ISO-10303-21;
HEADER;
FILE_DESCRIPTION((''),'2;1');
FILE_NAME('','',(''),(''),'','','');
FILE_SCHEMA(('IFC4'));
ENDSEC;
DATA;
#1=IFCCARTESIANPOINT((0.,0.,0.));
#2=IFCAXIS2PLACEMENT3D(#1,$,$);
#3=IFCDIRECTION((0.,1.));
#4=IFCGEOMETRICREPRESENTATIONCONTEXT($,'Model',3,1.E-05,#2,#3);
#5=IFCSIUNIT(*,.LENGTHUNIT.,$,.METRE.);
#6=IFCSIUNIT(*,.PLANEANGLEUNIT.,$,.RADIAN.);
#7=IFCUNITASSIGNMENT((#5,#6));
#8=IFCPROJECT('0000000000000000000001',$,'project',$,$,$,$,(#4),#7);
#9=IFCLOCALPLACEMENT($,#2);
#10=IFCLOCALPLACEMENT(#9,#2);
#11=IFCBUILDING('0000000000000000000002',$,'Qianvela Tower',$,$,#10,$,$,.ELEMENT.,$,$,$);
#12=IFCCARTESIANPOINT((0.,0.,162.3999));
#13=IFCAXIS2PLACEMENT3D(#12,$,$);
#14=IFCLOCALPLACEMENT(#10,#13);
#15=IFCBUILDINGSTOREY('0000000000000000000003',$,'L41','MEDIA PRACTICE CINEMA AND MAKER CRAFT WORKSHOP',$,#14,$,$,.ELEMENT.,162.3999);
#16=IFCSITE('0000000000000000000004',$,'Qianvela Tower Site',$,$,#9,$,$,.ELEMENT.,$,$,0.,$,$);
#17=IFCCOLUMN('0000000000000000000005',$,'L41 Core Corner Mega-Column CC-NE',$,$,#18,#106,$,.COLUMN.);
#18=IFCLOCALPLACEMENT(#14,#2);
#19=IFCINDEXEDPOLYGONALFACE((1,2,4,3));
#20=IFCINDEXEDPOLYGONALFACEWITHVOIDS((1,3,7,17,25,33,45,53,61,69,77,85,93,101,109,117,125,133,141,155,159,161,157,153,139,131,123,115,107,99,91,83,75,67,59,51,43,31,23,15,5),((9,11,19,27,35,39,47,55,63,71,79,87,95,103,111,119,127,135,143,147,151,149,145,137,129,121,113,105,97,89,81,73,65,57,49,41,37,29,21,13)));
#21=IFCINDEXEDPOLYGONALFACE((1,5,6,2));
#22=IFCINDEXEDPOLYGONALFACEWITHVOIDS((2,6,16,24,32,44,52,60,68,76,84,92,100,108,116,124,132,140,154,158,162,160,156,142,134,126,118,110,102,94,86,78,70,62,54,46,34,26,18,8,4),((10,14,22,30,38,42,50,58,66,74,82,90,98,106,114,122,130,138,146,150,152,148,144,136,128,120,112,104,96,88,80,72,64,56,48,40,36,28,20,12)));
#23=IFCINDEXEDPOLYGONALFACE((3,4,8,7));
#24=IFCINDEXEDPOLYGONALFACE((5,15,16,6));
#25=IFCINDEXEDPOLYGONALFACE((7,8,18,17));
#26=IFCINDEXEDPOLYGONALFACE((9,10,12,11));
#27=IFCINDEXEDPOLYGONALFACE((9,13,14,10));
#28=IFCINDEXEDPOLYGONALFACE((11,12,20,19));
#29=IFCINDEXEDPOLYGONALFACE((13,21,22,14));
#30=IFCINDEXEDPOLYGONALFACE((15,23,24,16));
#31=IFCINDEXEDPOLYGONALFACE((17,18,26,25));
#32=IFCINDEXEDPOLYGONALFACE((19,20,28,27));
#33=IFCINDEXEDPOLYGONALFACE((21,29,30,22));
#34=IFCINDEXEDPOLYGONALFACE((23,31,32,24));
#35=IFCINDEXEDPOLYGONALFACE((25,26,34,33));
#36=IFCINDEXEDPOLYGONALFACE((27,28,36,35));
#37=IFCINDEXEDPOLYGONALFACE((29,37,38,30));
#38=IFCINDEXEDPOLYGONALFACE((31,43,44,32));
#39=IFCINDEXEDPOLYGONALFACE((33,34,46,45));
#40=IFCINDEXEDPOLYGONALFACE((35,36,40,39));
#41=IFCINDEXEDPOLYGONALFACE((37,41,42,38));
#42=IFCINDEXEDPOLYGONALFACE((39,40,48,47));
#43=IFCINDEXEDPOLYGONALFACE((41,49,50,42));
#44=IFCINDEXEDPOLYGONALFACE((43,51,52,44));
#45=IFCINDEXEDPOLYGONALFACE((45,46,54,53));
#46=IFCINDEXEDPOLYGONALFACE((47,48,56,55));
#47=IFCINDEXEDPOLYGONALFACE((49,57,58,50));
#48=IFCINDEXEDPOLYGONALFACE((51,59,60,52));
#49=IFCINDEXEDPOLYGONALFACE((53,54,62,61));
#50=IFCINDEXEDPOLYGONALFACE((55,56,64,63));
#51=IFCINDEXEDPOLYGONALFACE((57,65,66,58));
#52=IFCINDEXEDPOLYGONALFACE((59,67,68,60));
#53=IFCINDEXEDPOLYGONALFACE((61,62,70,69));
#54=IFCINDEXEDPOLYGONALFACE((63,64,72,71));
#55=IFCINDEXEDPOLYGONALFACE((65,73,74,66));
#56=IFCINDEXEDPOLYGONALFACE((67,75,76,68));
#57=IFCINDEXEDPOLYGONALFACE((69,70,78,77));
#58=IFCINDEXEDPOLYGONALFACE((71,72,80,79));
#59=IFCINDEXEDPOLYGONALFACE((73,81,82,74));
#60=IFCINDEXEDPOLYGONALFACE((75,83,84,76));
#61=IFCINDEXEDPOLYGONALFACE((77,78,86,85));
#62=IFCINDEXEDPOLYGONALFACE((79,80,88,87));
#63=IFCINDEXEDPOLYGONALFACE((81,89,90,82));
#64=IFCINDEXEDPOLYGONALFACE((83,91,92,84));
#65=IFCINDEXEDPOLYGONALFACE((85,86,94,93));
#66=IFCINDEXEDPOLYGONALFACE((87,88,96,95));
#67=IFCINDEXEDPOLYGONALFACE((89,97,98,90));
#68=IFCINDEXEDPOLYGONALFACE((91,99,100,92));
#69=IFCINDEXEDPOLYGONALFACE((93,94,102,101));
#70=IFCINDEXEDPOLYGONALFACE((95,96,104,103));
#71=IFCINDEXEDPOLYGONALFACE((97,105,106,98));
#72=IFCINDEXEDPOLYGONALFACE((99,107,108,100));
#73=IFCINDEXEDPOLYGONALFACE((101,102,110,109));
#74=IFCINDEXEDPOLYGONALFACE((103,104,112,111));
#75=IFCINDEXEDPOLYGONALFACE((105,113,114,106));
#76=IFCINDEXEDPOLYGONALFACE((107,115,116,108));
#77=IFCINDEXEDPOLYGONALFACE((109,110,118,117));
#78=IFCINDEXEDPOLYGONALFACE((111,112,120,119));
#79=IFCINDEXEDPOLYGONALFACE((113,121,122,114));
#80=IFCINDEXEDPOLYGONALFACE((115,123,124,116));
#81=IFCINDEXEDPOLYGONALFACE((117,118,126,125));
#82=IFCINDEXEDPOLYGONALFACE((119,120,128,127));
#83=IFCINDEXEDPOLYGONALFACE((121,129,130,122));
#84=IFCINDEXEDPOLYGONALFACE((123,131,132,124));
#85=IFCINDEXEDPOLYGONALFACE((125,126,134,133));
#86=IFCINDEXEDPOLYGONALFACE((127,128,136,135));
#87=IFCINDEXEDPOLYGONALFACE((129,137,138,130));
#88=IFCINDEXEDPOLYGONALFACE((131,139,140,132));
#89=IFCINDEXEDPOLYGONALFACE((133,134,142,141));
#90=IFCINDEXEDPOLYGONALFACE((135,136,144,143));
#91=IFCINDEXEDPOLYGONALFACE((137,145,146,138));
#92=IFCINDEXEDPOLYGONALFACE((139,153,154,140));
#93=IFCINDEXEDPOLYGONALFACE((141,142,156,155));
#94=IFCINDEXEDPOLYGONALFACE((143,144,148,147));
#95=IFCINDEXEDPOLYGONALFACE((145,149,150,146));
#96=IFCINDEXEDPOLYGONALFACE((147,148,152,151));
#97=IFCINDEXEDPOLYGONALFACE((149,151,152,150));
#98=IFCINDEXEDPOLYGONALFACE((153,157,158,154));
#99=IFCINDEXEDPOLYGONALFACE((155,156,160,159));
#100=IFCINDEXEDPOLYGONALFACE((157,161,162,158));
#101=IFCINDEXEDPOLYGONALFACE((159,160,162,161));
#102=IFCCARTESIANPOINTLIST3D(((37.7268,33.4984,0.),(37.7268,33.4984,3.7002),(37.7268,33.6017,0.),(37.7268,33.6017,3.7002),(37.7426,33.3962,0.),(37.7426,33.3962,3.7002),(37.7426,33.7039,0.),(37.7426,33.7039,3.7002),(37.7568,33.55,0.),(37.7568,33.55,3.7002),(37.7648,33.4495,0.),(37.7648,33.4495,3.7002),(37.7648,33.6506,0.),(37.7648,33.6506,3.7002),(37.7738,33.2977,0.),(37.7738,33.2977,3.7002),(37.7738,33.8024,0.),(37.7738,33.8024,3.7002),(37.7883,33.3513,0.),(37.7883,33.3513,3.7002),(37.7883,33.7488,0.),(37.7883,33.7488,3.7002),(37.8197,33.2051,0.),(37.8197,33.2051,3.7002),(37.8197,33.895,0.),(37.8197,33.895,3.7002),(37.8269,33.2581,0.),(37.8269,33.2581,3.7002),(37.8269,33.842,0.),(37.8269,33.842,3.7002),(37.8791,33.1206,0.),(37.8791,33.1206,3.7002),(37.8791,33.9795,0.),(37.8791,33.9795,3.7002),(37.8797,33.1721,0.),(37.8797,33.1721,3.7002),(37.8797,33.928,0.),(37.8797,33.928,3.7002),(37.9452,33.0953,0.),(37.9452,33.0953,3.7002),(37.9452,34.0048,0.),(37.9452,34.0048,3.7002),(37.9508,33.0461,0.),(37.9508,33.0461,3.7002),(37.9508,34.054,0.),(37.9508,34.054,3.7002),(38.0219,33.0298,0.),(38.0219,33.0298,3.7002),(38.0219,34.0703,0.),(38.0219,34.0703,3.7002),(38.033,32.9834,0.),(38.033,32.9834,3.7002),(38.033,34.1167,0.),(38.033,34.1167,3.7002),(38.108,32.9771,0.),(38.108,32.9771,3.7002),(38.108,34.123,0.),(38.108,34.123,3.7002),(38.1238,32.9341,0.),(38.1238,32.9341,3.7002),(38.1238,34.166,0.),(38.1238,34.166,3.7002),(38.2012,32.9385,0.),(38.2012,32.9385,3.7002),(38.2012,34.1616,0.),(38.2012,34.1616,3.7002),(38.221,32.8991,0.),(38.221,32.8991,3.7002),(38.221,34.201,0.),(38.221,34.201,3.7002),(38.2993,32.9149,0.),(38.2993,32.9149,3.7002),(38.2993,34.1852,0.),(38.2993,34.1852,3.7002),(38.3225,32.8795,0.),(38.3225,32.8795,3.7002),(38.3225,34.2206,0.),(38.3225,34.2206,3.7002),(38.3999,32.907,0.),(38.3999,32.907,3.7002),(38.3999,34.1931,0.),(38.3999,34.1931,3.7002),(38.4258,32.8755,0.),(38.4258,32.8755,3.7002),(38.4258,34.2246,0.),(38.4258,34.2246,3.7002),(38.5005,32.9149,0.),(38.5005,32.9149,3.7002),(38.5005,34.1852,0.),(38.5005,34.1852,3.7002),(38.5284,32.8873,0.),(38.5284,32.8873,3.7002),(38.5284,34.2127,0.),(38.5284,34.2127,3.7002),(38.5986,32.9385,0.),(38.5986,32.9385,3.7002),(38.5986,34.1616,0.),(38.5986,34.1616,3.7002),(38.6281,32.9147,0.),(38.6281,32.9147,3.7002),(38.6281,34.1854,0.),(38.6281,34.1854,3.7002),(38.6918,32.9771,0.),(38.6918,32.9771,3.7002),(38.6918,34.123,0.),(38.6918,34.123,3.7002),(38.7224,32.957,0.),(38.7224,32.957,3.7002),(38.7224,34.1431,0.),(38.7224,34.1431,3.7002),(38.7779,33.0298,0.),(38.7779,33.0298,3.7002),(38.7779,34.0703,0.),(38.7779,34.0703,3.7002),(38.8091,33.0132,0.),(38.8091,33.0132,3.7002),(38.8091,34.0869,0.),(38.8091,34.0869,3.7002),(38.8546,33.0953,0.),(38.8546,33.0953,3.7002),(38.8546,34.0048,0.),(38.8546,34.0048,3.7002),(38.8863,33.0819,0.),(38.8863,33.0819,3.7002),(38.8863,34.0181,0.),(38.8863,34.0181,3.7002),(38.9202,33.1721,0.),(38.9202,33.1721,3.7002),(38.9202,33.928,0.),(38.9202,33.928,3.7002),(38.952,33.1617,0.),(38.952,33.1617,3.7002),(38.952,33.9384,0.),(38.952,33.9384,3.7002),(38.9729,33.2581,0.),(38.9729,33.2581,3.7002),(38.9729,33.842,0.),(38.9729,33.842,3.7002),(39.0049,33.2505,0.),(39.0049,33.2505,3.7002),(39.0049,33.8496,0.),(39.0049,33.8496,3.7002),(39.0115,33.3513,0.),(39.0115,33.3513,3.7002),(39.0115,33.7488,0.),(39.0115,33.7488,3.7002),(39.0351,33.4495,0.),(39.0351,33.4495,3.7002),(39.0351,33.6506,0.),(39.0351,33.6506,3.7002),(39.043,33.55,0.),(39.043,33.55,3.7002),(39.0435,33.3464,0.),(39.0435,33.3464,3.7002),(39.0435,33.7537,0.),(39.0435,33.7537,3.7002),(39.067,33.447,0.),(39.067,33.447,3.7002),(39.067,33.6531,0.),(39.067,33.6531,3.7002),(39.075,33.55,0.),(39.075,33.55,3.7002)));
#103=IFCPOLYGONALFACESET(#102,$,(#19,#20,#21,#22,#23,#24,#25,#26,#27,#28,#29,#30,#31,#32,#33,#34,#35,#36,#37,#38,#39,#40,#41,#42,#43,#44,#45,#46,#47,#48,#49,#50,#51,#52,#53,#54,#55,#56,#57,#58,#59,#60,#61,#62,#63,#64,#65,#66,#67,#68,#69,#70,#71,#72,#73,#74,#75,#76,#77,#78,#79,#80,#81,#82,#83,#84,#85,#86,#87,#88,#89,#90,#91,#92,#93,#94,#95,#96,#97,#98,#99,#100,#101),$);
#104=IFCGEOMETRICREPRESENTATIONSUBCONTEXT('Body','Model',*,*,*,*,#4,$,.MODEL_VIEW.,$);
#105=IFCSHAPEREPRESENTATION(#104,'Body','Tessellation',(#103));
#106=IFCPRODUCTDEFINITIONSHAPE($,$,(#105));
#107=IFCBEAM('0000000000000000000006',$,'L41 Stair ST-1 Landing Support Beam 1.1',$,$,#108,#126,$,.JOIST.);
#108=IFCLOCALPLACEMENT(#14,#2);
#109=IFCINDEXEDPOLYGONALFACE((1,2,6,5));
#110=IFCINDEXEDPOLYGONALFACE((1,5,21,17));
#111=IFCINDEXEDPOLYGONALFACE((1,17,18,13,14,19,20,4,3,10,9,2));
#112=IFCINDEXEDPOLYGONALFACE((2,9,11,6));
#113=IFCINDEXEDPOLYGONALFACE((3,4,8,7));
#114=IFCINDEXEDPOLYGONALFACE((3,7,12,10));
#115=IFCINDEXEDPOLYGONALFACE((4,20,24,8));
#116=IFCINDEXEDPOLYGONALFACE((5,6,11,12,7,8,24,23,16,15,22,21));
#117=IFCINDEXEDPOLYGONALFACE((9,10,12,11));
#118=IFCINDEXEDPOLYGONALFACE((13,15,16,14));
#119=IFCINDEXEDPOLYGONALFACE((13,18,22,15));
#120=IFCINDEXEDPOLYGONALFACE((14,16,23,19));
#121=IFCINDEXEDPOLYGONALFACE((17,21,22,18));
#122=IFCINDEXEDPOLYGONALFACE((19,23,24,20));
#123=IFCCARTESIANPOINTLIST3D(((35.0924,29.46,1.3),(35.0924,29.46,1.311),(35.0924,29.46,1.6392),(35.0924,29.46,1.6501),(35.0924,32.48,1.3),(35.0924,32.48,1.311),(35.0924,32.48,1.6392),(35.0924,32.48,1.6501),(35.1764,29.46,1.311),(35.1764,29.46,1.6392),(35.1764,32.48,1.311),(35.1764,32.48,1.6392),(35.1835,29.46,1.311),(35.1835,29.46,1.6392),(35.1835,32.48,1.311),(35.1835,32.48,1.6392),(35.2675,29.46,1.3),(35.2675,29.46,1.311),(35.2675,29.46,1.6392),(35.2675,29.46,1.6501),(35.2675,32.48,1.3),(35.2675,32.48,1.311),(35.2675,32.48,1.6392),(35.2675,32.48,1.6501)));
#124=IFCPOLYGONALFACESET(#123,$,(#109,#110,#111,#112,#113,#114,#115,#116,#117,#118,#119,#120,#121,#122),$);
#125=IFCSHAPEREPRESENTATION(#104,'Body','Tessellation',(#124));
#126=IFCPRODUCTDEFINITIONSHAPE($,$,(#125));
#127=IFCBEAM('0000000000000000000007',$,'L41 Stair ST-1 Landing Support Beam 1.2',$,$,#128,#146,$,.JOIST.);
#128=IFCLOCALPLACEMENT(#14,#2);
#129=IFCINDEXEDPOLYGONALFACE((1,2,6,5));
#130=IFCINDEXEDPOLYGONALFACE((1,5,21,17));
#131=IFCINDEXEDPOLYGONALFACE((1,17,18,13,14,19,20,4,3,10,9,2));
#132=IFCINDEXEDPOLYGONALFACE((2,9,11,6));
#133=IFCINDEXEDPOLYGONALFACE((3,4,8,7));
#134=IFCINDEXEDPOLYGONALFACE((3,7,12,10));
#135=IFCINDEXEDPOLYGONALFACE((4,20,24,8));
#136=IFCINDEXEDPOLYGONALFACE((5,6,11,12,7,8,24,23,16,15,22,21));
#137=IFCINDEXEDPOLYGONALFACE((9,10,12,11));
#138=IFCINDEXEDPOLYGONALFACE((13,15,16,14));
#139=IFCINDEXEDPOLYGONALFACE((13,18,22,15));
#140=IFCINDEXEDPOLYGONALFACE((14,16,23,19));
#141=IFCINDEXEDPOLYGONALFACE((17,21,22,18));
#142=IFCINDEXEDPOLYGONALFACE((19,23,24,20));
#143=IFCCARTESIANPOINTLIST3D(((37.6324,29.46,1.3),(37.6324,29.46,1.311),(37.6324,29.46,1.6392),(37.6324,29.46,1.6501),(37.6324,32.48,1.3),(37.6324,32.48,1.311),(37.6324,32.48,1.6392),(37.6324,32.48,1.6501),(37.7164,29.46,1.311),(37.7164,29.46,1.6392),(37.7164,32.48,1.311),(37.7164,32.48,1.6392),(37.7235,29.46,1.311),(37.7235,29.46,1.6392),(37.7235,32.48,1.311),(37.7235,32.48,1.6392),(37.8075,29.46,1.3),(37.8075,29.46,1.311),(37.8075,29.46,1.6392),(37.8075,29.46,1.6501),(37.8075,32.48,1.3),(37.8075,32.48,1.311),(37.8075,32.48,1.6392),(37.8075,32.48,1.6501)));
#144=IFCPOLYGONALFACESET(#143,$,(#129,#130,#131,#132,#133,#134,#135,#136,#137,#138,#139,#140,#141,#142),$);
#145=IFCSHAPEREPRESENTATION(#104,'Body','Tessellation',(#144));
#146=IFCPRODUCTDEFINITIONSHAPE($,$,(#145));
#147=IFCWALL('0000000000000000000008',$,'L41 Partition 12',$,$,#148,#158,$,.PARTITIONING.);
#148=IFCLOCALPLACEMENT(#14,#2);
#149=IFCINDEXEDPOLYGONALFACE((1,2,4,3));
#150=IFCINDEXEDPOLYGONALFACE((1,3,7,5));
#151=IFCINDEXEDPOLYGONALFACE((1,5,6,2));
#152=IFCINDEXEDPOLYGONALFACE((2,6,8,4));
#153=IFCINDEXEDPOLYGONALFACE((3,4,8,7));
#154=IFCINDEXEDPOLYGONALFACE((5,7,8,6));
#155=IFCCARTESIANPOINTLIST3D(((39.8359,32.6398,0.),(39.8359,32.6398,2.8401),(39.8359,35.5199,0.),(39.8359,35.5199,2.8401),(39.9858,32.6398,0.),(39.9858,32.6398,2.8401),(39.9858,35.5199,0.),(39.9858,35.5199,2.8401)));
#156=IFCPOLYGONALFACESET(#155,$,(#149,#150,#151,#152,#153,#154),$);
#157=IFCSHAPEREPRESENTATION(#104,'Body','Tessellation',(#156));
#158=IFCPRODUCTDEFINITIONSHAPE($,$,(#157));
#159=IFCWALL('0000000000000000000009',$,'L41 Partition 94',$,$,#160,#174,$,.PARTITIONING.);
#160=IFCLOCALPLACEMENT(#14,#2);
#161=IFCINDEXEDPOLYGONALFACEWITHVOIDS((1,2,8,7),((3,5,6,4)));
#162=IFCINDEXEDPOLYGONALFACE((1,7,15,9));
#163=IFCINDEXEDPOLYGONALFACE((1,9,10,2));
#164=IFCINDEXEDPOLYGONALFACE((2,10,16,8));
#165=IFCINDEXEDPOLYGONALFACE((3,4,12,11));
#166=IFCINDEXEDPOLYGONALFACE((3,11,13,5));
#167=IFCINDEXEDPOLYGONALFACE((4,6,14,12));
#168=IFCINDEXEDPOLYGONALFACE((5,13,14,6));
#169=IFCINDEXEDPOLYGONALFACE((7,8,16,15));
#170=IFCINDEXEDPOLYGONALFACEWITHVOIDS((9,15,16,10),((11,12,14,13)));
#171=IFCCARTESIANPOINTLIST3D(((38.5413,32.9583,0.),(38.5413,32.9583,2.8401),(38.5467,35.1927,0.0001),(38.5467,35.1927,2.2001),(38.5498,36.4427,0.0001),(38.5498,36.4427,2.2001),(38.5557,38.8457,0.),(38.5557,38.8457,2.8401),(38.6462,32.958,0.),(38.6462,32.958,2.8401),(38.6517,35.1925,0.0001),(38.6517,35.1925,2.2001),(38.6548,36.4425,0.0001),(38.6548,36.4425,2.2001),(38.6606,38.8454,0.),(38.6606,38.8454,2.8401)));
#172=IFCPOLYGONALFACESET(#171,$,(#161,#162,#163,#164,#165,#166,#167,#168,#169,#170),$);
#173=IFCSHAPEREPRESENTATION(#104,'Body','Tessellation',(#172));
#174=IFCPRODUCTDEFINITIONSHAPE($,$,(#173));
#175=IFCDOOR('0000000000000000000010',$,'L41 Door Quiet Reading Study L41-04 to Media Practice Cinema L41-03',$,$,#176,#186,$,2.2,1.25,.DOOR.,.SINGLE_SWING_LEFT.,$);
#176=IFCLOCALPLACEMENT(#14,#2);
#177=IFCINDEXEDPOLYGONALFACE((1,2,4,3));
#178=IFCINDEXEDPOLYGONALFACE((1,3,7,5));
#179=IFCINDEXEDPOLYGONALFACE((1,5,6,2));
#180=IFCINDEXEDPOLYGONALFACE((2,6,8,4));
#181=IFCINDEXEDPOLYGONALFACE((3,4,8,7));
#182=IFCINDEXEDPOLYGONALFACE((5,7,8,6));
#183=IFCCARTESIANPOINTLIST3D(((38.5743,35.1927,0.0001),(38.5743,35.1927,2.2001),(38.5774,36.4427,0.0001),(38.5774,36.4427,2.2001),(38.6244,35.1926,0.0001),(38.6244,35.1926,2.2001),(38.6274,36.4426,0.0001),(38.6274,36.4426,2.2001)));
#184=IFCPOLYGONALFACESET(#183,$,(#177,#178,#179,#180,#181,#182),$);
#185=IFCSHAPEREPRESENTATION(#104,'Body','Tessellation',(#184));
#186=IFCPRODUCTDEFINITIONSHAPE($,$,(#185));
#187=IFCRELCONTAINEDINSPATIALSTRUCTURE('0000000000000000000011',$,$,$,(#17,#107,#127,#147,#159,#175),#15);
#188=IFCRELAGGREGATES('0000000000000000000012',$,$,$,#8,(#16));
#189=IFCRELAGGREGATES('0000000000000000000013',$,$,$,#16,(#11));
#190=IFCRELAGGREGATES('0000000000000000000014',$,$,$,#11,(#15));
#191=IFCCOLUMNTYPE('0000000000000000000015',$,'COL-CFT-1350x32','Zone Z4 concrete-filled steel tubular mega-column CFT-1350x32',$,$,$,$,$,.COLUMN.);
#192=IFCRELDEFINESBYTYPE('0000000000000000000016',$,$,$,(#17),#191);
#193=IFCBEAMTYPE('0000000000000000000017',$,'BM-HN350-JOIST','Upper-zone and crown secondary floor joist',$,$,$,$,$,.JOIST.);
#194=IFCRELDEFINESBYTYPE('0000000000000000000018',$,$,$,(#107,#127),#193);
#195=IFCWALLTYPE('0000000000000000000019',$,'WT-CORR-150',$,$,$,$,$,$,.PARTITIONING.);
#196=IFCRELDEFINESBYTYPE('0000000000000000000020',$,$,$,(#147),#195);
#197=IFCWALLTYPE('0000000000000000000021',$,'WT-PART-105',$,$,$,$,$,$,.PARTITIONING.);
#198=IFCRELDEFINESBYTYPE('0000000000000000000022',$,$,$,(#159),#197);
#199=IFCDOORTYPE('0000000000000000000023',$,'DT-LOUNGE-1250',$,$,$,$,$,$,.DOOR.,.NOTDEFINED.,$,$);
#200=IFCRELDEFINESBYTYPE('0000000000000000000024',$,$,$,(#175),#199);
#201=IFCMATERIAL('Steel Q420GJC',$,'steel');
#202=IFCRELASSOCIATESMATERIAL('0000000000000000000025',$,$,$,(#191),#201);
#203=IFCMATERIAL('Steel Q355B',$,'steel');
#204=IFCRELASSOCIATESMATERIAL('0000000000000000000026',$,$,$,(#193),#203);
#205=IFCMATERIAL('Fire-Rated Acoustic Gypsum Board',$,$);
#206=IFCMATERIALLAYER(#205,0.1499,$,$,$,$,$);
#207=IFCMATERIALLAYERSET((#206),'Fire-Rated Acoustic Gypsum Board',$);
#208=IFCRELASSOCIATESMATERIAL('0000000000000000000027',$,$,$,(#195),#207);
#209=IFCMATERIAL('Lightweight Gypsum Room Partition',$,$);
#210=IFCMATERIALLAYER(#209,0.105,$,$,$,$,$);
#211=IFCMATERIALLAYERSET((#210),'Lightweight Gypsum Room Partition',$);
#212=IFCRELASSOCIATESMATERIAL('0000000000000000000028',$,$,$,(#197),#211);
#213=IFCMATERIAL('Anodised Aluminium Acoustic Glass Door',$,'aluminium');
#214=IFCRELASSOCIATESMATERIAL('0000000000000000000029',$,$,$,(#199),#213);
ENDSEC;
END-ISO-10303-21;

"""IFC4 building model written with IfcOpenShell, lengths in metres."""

from ifc_helpers import new_model, si_unit, direction, frame, frame_2d, origin, origin_2d, place, context, subcontext, project, spatial, rectangle, hollow_circle, i_section, extrude, material, layer, layer_set, material_profile, profile_set, type_object, element, fill, save


model = new_model("IFC4")

# Units and contexts
model_context = context("Model", 3, precision=1e-05, world=origin(), true_north=direction((0.0, 1.0)))
body_context = subcontext(model_context, "Body", "Model", "MODEL_VIEW")
ifc_project = project(units=[si_unit("LENGTHUNIT", "METRE"), si_unit("PLANEANGLEUNIT", "RADIAN")], contexts=[model_context])

# Site, building, storey
site_placement = place(None, origin())
site = spatial("IfcSite", under=ifc_project, at=site_placement, Name="Qianvela Tower Site", CompositionType="ELEMENT", RefElevation=0.0)
building_placement = place(site_placement, origin())
building = spatial("IfcBuilding", under=site, at=building_placement, Name="Qianvela Tower", CompositionType="ELEMENT")
storey_placement = place(building_placement, frame((0.0, 0.0, 162.3999)))
storey = spatial("IfcBuildingStorey", under=building, at=storey_placement, Name="L41", Description="MEDIA PRACTICE CINEMA AND MAKER CRAFT WORKSHOP", CompositionType="ELEMENT", Elevation=162.3999)

# Column
ifc_material_1 = material(Name="Steel Q420GJC", Category="steel")
ifc_material_profile_1 = material_profile(ifc_material_1, hollow_circle(Radius=0.675, WallThickness=0.032, at=origin_2d()), Name="CFT-1350x32")
ifc_profile_set_1 = profile_set([ifc_material_profile_1], Name="Steel Q420GJC")
column_type = type_object("IfcColumnType", Name="COL-CFT-1350x32", Description="Zone Z4 concrete-filled steel tubular mega-column CFT-1350x32", PredefinedType="COLUMN", material=ifc_profile_set_1)
column_placement = place(storey_placement, frame((38.3999, 33.55, 0.0), z_axis=(0.0, 0.0, 1.0), x_axis=(1.0, 0.0, 0.0)))
element("IfcColumn", 1, at=column_placement, inside=storey, type_object=column_type, Name="L41 Core Corner Mega-Column CC-NE", PredefinedType="COLUMN", context=body_context, shape_type="SweptSolid", body=[
    extrude(hollow_circle(Radius=0.675, WallThickness=0.032, at=origin_2d()), origin(), (0.0, 0.0, 1.0), 3.7002),
])

# Beams
ifc_material_2 = material(Name="Steel Q355B", Category="steel")
ifc_material_profile_2 = material_profile(ifc_material_2, i_section(OverallWidth=0.175, OverallDepth=0.3501, WebThickness=0.0071, FlangeThickness=0.011, at=origin_2d()), Name="HN350x175x7x11")
ifc_profile_set_2 = profile_set([ifc_material_profile_2], Name="Steel Q355B")
beam_type = type_object("IfcBeamType", Name="BM-HN350-JOIST", Description="Upper-zone and crown secondary floor joist", PredefinedType="JOIST", material=ifc_profile_set_2)
for number, where, z_axis, x_axis, name in (
    (2, (35.1799, 29.46, 1.4751), (0.0, 1.0, 0.0), (-1.0, 0.0, 0.0), "L41 Stair ST-1 Landing Support Beam 1.1"),
    (3, (37.72, 29.46, 1.4751), (0.0, 1.0, 0.0), (-1.0, 0.0, 0.0), "L41 Stair ST-1 Landing Support Beam 1.2"),
):
    element("IfcBeam", number, at=place(storey_placement, frame(where, z_axis=z_axis, x_axis=x_axis)), inside=storey, type_object=beam_type, Name=name, PredefinedType="JOIST", context=body_context, shape_type="SweptSolid", body=[
        extrude(i_section(OverallWidth=0.175, OverallDepth=0.3501, WebThickness=0.0071, FlangeThickness=0.011, at=origin_2d()), origin(), (0.0, 0.0, 1.0), 3.02),
    ])

# Wall
ifc_material_3 = material(Name="Fire-Rated Acoustic Gypsum Board")
ifc_layer_1 = layer(ifc_material_3, 0.1499)
ifc_layer_set_1 = layer_set([ifc_layer_1], Name="Fire-Rated Acoustic Gypsum Board")
wall_type_1 = type_object("IfcWallType", Name="WT-CORR-150", PredefinedType="PARTITIONING", material=ifc_layer_set_1)
wall_1_placement = place(storey_placement, frame((39.9109, 32.6399, 0.0), z_axis=(0.0, 0.0, 1.0), x_axis=(0.0, 1.0, 0.0)))
element("IfcWall", 4, at=wall_1_placement, inside=storey, type_object=wall_type_1, Name="L41 Partition 12", PredefinedType="PARTITIONING", context=body_context, shape_type="SweptSolid", body=[
    extrude(rectangle(XDim=2.8801, YDim=0.1499, at=frame_2d((1.4399, 0.0))), origin(), (0.0, 0.0, 1.0), 2.8401),
])

# Wall, opening, door
ifc_material_4 = material(Name="Lightweight Gypsum Room Partition")
ifc_layer_2 = layer(ifc_material_4, 0.105)
ifc_layer_set_2 = layer_set([ifc_layer_2], Name="Lightweight Gypsum Room Partition")
wall_type_2 = type_object("IfcWallType", Name="WT-PART-105", PredefinedType="PARTITIONING", material=ifc_layer_set_2)
wall_2_placement = place(storey_placement, frame((38.5938, 32.958, 0.0), z_axis=(0.0, 0.0, 1.0), x_axis=(0.002447, 0.999997, 0.0)))
wall_2 = element("IfcWall", 5, at=wall_2_placement, inside=storey, type_object=wall_type_2, Name="L41 Partition 94", PredefinedType="PARTITIONING", context=body_context, shape_type="SweptSolid", body=[
    extrude(rectangle(XDim=5.8875, YDim=0.105, at=frame_2d((2.9438, 0.0))), origin(), (0.0, 0.0, 1.0), 2.8401),
])
opening_1_placement = place(wall_2_placement, frame((2.2346, 0.0, 0.0)))
opening_1 = element("IfcOpeningElement", 6, at=opening_1_placement, cuts=wall_2, PredefinedType="OPENING", context=body_context, shape_type="SweptSolid", body=[
    extrude(rectangle(XDim=1.25, YDim=2.2, at=frame_2d((0.625, 1.1001))), frame((0.0, 0.0625, 0.0), z_axis=(0.0, -1.0, 0.0), x_axis=(1.0, 0.0, 0.0)), (0.0, 0.0, 1.0), 0.125),
])
ifc_material_5 = material(Name="Anodised Aluminium Acoustic Glass Door", Category="aluminium")
door_type_1 = type_object("IfcDoorType", Name="DT-LOUNGE-1250", OperationType="NOTDEFINED", PredefinedType="DOOR", material=ifc_material_5)
door_1_placement = place(opening_1_placement, origin())
door_1 = element("IfcDoor", 7, at=door_1_placement, inside=storey, type_object=door_type_1, Name="L41 Door Quiet Reading Study L41-04 to Media Practice Cinema L41-03", OperationType="SINGLE_SWING_LEFT", OverallHeight=2.2, OverallWidth=1.25, PredefinedType="DOOR", context=body_context, shape_type="SweptSolid", body=[
    extrude(rectangle(XDim=1.25, YDim=2.2, at=frame_2d((0.625, 1.1001))), frame((0.0, 0.0249, 0.0), z_axis=(0.0, -1.0, 0.0), x_axis=(1.0, 0.0, 0.0)), (0.0, 0.0, 1.0), 0.05),
])
fill(opening_1, door_1)

save(model, "model.ifc")
